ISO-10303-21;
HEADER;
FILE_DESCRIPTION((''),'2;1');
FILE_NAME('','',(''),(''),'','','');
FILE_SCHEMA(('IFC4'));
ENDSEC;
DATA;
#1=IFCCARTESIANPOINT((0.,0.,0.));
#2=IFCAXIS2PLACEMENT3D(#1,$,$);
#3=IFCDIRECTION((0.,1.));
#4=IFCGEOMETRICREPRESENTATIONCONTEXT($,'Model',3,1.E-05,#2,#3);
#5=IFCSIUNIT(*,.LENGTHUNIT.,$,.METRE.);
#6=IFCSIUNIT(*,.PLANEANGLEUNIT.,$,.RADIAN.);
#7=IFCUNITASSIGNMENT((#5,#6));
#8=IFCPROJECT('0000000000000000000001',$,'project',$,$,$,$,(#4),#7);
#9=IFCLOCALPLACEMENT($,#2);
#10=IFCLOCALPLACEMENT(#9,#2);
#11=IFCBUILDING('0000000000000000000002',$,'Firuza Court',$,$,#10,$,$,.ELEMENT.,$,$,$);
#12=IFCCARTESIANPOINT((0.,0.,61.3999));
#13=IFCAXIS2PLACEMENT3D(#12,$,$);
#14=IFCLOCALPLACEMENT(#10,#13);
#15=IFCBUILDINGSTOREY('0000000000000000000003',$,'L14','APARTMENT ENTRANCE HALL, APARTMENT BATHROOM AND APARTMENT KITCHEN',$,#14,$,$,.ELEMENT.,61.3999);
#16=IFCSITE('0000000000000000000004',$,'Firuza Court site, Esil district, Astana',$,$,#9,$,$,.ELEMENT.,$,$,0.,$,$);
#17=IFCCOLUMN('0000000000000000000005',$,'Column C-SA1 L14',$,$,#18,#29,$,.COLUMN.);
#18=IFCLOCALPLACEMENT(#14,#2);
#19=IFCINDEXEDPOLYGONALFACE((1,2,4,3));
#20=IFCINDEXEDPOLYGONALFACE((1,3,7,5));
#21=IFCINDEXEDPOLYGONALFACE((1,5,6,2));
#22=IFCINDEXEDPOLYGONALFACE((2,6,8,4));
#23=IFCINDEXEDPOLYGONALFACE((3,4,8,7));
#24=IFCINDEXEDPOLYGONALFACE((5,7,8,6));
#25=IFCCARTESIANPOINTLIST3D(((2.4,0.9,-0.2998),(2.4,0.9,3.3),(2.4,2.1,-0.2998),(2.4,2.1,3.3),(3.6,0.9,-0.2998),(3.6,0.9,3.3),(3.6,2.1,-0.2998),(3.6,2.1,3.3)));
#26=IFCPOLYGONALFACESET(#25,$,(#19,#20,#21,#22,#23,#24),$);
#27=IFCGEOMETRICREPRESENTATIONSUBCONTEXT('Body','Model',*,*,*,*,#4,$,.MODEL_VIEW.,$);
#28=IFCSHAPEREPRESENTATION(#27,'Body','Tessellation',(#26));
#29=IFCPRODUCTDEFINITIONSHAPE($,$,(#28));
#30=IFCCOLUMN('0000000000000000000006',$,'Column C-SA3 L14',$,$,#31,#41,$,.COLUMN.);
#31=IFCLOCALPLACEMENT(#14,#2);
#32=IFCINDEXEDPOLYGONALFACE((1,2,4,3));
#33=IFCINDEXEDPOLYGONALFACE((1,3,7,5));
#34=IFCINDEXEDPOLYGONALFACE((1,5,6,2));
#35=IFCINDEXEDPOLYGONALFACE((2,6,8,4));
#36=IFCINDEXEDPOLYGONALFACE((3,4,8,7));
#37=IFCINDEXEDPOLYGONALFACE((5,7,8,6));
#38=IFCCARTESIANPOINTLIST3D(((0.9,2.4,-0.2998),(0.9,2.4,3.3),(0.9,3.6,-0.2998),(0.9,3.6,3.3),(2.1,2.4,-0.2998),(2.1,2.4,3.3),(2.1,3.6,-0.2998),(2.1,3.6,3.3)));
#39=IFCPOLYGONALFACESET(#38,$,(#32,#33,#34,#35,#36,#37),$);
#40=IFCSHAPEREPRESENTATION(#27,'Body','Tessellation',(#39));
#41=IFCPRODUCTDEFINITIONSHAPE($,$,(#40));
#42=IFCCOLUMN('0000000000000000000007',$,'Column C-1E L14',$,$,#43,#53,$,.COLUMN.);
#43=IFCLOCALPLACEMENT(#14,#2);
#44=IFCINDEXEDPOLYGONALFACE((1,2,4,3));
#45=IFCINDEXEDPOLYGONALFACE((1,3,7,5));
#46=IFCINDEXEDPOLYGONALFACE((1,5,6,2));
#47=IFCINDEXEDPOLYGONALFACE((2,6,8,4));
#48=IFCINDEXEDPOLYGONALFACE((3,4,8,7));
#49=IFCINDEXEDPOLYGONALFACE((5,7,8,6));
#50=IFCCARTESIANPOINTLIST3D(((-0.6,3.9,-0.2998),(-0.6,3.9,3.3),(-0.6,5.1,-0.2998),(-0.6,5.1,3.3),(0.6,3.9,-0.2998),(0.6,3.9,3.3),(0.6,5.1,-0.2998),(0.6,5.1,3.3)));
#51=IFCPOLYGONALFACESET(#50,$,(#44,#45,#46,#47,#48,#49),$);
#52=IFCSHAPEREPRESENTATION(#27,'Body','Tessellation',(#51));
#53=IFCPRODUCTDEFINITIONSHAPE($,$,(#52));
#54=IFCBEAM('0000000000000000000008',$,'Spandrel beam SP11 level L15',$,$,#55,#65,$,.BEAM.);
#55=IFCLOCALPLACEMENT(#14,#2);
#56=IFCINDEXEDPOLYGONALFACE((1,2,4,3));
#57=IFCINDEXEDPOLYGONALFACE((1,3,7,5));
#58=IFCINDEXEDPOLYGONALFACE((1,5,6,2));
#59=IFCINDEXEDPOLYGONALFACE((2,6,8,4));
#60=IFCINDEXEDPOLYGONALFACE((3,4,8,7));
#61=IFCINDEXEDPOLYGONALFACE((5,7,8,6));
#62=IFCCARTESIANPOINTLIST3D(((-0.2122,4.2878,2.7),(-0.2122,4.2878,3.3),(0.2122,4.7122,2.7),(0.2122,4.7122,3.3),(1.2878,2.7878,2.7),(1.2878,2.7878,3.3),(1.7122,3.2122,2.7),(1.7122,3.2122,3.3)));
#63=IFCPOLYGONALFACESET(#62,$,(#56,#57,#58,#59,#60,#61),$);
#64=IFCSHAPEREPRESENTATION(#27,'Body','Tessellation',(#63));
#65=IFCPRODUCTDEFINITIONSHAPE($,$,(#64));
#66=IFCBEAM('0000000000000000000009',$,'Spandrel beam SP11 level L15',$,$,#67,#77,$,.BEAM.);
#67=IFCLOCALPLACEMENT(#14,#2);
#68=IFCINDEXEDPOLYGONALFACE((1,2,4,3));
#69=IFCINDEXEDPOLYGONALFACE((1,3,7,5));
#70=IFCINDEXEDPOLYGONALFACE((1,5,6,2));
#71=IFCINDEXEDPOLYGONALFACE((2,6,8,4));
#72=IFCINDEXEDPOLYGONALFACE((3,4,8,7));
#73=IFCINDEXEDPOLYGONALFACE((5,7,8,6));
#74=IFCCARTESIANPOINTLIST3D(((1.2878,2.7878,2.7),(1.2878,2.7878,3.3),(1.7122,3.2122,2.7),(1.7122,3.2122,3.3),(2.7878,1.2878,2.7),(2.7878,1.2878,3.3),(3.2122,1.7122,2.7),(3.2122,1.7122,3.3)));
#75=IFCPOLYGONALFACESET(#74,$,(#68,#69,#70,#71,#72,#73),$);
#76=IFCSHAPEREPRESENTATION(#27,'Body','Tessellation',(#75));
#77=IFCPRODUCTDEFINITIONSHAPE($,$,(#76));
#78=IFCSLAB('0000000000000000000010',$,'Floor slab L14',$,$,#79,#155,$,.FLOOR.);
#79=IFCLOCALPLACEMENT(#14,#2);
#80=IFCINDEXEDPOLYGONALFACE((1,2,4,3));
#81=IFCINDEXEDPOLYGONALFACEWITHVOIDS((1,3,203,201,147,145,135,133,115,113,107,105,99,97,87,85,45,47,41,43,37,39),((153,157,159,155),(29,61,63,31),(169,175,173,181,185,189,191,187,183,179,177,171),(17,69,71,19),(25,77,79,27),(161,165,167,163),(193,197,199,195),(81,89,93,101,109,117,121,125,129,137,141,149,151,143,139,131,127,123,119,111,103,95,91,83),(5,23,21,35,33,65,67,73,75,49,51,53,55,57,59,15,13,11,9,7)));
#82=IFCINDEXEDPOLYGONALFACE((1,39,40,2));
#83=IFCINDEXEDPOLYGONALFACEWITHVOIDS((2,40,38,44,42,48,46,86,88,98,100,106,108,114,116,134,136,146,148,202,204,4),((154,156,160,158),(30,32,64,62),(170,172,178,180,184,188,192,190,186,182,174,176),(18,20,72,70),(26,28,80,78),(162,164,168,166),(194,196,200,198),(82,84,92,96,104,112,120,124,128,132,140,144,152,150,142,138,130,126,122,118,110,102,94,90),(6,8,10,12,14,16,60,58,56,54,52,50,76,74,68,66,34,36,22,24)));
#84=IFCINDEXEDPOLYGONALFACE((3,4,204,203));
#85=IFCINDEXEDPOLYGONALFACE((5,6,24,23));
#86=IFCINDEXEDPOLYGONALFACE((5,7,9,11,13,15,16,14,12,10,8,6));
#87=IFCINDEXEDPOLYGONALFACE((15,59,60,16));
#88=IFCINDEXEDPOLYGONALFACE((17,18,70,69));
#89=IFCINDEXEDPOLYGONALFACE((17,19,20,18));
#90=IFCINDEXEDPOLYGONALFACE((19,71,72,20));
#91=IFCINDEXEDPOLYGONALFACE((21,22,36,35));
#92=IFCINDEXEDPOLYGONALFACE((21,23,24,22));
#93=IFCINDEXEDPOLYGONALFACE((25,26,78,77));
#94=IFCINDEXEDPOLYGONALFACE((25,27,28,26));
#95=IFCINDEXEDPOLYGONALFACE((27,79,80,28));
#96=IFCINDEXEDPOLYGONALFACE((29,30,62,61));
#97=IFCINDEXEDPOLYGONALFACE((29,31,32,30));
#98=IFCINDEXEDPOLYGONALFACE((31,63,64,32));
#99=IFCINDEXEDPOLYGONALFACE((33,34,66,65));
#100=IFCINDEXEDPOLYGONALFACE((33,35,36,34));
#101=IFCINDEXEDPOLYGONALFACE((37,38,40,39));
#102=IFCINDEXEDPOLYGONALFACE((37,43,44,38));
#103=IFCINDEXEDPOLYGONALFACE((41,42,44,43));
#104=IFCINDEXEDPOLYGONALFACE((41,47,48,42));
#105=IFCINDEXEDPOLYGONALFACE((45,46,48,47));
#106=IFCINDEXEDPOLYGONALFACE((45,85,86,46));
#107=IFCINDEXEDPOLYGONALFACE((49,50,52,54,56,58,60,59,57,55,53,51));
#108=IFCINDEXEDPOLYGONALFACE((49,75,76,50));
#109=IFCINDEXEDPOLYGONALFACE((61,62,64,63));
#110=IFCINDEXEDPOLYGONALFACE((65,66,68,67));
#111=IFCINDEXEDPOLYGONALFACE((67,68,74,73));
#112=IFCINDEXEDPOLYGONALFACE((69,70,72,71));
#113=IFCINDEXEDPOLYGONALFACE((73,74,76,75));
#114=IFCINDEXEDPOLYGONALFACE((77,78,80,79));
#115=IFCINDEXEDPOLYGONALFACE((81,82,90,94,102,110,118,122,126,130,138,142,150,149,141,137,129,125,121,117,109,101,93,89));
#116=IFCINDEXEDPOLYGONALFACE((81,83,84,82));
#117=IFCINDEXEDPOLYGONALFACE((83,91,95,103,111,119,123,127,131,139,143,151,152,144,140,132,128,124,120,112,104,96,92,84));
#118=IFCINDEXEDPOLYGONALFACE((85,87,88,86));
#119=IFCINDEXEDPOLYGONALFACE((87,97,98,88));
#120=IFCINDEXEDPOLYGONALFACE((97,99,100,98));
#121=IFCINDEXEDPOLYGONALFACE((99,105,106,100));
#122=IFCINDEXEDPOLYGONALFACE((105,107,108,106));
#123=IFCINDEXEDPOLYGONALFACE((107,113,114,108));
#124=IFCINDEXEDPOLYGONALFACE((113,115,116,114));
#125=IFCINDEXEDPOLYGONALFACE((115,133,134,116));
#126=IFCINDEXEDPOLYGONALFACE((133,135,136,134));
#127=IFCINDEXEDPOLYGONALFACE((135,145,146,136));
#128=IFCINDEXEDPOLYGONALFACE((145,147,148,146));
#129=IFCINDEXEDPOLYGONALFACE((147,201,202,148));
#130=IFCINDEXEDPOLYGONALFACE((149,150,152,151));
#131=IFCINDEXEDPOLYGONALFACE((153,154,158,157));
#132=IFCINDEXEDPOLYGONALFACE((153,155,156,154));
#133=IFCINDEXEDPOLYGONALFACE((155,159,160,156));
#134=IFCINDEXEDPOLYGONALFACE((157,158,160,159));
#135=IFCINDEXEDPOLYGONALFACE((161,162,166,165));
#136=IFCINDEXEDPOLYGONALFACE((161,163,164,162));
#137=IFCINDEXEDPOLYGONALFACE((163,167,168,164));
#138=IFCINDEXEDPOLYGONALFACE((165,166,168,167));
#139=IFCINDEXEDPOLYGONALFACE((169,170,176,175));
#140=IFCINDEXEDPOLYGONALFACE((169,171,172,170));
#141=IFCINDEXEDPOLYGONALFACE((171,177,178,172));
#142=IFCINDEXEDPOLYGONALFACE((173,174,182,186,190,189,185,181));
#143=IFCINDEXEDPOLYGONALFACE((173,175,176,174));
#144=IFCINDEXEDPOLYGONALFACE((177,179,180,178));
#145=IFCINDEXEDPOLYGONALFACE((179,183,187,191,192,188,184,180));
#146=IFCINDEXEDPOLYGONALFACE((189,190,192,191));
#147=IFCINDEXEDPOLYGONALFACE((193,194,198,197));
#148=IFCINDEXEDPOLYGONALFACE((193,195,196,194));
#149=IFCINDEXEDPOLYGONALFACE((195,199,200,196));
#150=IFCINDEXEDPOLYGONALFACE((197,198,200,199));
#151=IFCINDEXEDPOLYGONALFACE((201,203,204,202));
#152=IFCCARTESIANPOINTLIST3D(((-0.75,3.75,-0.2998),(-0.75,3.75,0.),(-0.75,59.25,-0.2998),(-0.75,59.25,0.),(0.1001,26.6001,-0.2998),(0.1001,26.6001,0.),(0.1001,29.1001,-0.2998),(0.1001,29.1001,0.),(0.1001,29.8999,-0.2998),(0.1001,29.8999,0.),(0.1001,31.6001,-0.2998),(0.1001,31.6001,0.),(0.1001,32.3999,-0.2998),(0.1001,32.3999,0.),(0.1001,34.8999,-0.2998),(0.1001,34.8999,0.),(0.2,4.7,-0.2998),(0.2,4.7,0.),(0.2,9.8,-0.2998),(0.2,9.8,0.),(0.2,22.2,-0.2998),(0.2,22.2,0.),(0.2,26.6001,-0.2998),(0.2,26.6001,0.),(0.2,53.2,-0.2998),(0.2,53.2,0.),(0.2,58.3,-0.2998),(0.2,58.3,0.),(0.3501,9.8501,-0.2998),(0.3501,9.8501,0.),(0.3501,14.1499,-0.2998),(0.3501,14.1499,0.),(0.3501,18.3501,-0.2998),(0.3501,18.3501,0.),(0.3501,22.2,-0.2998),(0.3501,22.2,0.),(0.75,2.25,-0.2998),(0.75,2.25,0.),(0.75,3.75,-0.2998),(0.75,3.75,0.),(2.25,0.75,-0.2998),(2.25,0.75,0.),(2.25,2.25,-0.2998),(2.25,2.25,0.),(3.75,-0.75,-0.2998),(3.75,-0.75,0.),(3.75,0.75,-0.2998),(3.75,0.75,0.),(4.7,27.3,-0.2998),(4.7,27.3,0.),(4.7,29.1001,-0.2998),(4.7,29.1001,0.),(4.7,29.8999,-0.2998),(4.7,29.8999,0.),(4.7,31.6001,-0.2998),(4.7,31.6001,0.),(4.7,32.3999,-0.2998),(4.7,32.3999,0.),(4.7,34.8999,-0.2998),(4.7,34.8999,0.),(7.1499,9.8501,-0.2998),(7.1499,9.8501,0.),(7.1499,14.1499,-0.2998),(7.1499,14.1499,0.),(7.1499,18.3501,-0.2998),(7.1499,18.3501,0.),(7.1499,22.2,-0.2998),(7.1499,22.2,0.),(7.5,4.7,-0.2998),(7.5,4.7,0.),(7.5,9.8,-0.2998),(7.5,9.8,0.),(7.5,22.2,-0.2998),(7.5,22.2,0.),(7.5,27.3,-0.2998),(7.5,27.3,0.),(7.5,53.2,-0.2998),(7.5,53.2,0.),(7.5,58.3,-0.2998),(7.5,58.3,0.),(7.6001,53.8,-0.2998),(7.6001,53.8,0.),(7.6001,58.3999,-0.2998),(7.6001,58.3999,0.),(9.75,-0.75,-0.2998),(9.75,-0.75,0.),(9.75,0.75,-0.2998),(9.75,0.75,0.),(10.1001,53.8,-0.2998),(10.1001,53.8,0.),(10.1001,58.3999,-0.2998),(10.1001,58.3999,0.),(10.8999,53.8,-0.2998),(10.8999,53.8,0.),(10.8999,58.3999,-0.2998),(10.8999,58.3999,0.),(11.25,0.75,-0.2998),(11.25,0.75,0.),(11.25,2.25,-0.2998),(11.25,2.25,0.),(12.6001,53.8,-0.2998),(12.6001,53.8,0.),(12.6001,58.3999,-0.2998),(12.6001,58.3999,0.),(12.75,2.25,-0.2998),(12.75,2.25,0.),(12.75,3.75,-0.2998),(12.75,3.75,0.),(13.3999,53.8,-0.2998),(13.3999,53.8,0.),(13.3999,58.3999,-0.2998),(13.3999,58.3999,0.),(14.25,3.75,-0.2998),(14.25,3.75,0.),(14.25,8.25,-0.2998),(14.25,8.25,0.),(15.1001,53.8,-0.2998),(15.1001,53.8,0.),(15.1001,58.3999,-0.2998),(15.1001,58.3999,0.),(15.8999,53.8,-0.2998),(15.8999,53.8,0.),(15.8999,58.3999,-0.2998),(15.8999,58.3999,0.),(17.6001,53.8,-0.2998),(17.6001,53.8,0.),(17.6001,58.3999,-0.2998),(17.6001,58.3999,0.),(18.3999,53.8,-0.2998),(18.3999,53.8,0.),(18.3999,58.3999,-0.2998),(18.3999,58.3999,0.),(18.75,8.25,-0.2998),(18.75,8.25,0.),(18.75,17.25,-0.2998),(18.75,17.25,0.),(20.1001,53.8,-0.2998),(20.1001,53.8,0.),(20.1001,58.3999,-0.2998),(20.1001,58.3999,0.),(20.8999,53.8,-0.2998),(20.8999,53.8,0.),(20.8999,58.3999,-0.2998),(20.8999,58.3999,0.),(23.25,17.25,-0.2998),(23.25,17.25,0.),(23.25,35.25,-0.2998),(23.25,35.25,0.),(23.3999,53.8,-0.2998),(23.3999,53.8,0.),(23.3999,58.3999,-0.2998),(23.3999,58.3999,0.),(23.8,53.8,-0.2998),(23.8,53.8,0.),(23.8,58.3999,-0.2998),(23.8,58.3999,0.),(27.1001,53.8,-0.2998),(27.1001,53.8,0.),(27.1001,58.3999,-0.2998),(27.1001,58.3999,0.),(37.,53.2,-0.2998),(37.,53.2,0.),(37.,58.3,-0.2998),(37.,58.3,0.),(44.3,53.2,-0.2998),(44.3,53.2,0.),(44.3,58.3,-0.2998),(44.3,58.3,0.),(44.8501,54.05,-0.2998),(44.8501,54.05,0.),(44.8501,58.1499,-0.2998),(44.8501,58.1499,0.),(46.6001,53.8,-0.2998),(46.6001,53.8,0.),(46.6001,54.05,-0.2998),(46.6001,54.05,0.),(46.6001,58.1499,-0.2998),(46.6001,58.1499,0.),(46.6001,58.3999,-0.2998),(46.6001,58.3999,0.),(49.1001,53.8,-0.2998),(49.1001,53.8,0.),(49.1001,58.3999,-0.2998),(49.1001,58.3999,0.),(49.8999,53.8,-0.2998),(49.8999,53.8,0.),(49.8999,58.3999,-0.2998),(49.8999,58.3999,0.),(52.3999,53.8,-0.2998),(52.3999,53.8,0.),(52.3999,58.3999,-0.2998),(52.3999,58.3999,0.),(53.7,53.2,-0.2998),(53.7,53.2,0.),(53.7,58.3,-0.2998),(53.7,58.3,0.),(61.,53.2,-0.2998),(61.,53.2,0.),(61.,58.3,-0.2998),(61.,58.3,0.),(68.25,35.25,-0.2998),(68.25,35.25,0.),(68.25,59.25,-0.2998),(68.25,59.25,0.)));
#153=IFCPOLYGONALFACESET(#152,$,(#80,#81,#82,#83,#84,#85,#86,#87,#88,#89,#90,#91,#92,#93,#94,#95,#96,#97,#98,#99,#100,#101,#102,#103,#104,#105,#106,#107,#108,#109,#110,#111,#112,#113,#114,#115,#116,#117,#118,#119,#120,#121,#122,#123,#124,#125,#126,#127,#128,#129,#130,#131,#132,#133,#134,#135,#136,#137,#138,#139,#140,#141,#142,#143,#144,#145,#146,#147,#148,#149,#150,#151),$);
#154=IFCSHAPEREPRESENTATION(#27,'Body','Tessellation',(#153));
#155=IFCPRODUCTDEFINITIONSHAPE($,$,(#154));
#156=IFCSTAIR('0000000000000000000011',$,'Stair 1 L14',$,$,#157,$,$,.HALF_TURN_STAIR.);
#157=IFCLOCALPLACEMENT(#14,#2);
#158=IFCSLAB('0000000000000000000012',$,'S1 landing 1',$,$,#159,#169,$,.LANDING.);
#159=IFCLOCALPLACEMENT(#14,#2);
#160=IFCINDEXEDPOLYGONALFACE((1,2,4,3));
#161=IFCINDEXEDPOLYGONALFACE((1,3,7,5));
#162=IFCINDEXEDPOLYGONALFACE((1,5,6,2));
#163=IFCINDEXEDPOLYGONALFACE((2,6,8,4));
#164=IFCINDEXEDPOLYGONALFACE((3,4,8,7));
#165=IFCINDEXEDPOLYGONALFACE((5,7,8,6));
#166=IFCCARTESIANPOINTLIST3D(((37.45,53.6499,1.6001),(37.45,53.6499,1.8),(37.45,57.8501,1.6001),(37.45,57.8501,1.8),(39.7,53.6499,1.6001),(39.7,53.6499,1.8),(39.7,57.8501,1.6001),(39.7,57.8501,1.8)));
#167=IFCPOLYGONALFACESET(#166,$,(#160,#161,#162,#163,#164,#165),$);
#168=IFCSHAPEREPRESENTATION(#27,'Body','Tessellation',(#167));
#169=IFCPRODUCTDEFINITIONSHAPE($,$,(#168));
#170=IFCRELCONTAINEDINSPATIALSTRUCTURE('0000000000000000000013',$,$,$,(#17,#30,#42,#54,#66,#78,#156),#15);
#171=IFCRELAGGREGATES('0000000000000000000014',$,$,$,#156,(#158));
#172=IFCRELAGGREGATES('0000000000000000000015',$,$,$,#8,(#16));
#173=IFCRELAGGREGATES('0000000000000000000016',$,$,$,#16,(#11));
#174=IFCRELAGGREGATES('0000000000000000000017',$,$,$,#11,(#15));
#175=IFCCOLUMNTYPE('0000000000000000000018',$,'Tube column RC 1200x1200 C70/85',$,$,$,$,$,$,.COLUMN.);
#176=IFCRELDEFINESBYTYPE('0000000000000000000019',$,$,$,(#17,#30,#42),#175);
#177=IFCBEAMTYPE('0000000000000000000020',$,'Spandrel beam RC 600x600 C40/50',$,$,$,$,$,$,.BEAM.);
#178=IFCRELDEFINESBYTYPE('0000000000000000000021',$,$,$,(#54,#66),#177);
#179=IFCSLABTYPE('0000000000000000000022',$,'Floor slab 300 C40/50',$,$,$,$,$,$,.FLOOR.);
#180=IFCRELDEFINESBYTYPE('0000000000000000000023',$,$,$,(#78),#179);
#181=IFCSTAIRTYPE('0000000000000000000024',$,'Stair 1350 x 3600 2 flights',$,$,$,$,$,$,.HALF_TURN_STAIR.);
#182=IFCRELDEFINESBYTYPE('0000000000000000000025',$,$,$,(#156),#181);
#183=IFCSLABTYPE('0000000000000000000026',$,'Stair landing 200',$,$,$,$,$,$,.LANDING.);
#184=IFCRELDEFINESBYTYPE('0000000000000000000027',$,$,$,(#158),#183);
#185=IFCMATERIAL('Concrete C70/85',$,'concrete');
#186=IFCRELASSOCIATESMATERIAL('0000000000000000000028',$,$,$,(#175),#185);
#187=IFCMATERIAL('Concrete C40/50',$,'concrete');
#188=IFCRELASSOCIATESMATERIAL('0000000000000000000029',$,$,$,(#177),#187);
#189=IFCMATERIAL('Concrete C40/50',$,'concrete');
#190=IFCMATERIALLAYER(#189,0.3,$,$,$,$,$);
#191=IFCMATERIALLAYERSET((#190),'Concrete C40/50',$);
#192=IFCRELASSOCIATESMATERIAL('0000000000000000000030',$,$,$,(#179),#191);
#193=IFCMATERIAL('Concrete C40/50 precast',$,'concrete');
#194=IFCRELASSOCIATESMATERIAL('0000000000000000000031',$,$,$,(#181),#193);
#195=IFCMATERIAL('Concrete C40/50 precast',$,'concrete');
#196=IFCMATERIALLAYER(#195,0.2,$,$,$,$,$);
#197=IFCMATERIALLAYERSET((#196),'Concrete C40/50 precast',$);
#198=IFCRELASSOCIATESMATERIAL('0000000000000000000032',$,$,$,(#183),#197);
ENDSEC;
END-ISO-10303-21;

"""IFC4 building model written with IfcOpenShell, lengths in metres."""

from ifc_helpers import new_model, si_unit, direction, frame, origin, origin_2d, place, context, subcontext, project, spatial, polyline, rectangle, outline, extrude, material, layer, layer_set, material_profile, profile_set, type_object, element, aggregate, save


model = new_model("IFC4")

# Units and contexts
model_context = context("Model", 3, precision=1e-05, world=origin(), true_north=direction((0.0, 1.0)))
body_context = subcontext(model_context, "Body", "Model", "MODEL_VIEW")
ifc_project = project(units=[si_unit("LENGTHUNIT", "METRE"), si_unit("PLANEANGLEUNIT", "RADIAN")], contexts=[model_context])

# Site, building, storey
site_placement = place(None, origin())
site = spatial("IfcSite", under=ifc_project, at=site_placement, Name="Firuza Court site, Esil district, Astana", CompositionType="ELEMENT", RefElevation=0.0)
building_placement = place(site_placement, origin())
building = spatial("IfcBuilding", under=site, at=building_placement, Name="Firuza Court", CompositionType="ELEMENT")
storey_placement = place(building_placement, frame((0.0, 0.0, 61.3999)))
storey = spatial("IfcBuildingStorey", under=building, at=storey_placement, Name="L14", Description="APARTMENT ENTRANCE HALL, APARTMENT BATHROOM AND APARTMENT KITCHEN", CompositionType="ELEMENT", Elevation=61.3999)

# Columns
ifc_material_1 = material(Name="Concrete C70/85", Category="concrete")
ifc_material_profile_1 = material_profile(ifc_material_1, rectangle(XDim=1.2, YDim=1.2, at=origin_2d()), Name="RC 1200x1200")
ifc_profile_set_1 = profile_set([ifc_material_profile_1], Name="Concrete C70/85")
column_type = type_object("IfcColumnType", Name="Tube column RC 1200x1200 C70/85", PredefinedType="COLUMN", material=ifc_profile_set_1)
for number, where, z_axis, x_axis, name in (
    (1, (3.0, 1.5, -0.2998), (0.0, 0.0, 1.0), (1.0, 0.0, 0.0), "Column C-SA1 L14"),
    (2, (1.5, 3.0, -0.2998), (0.0, 0.0, 1.0), (1.0, 0.0, 0.0), "Column C-SA3 L14"),
    (3, (0.0, 4.5, -0.2998), (0.0, 0.0, 1.0), (1.0, 0.0, 0.0), "Column C-1E L14"),
):
    element("IfcColumn", number, at=place(storey_placement, frame(where, z_axis=z_axis, x_axis=x_axis)), inside=storey, type_object=column_type, Name=name, PredefinedType="COLUMN", context=body_context, shape_type="SweptSolid", body=[
        extrude(rectangle(XDim=1.2, YDim=1.2, at=origin_2d()), origin(), (0.0, 0.0, 1.0), 3.5999),
    ])

# Beams
ifc_material_2 = material(Name="Concrete C40/50", Category="concrete")
ifc_material_profile_2 = material_profile(ifc_material_2, rectangle(XDim=0.6001, YDim=0.6001, at=origin_2d()), Name="RC 600x600")
ifc_profile_set_2 = profile_set([ifc_material_profile_2], Name="Concrete C40/50")
beam_type = type_object("IfcBeamType", Name="Spandrel beam RC 600x600 C40/50", PredefinedType="BEAM", material=ifc_profile_set_2)
for number, where, z_axis, x_axis, name in (
    (4, (0.0, 4.5, 3.0), (0.707107, -0.707107, 0.0), (0.707107, 0.707107, 0.0), "Spandrel beam SP11 level L15"),
    (5, (1.5, 3.0, 3.0), (0.707107, -0.707107, 0.0), (0.707107, 0.707107, 0.0), "Spandrel beam SP11 level L15"),
):
    element("IfcBeam", number, at=place(storey_placement, frame(where, z_axis=z_axis, x_axis=x_axis)), inside=storey, type_object=beam_type, Name=name, PredefinedType="BEAM", context=body_context, shape_type="SweptSolid", body=[
        extrude(rectangle(XDim=0.6001, YDim=0.6001, at=origin_2d()), origin(), (0.0, 0.0, 1.0), 2.1213),
    ])

# Slab
ifc_material_3 = material(Name="Concrete C40/50", Category="concrete")
ifc_layer_1 = layer(ifc_material_3, 0.3)
ifc_layer_set_1 = layer_set([ifc_layer_1], Name="Concrete C40/50")
slab_type_1 = type_object("IfcSlabType", Name="Floor slab 300 C40/50", PredefinedType="FLOOR", material=ifc_layer_set_1)
slab_1_placement = place(storey_placement, frame((0.0, 0.0, -0.2998)))
element("IfcSlab", 6, at=slab_1_placement, inside=storey, type_object=slab_type_1, Name="Floor slab L14", PredefinedType="FLOOR", context=body_context, shape_type="SweptSolid", body=[
    extrude(outline(polyline([(3.75, -0.75), (3.75, 0.75), (2.25, 0.75), (2.25, 2.25), (0.75, 2.25), (0.75, 3.75), (-0.75, 3.75), (-0.75, 59.25), (68.25, 59.25), (68.25, 35.25), (23.25, 35.25), (23.25, 17.25), (18.75, 17.25), (18.75, 8.25), (14.25, 8.25), (14.25, 3.75), (12.75, 3.75), (12.75, 2.25), (11.25, 2.25), (11.25, 0.75), (9.75, 0.75), (9.75, -0.75), (3.75, -0.75)]), holes=[polyline([(7.5, 9.8), (0.2, 9.8), (0.2, 4.7), (7.5, 4.7), (7.5, 9.8)]), polyline([(7.1499, 14.1499), (0.3501, 14.1499), (0.3501, 9.8501), (7.1499, 9.8501), (7.1499, 14.1499)]), polyline([(0.2, 22.2), (0.3501, 22.2), (0.3501, 18.3501), (7.1499, 18.3501), (7.1499, 22.2), (7.5, 22.2), (7.5, 27.3), (4.7, 27.3), (4.7, 29.1001), (4.7, 29.8999), (4.7, 31.6001), (4.7, 32.3999), (4.7, 34.8999), (0.1001, 34.8999), (0.1001, 32.3999), (0.1001, 31.6001), (0.1001, 29.8999), (0.1001, 29.1001), (0.1001, 26.6001), (0.2, 26.6001), (0.2, 22.2)]), polyline([(7.5, 58.3), (0.2, 58.3), (0.2, 53.2), (7.5, 53.2), (7.5, 58.3)]), polyline([(10.1001, 58.3999), (7.6001, 58.3999), (7.6001, 53.8), (10.1001, 53.8), (10.8999, 53.8), (12.6001, 53.8), (13.3999, 53.8), (15.1001, 53.8), (15.8999, 53.8), (17.6001, 53.8), (18.3999, 53.8), (20.1001, 53.8), (20.8999, 53.8), (23.3999, 53.8), (23.3999, 58.3999), (20.8999, 58.3999), (20.1001, 58.3999), (18.3999, 58.3999), (17.6001, 58.3999), (15.8999, 58.3999), (15.1001, 58.3999), (13.3999, 58.3999), (12.6001, 58.3999), (10.8999, 58.3999), (10.1001, 58.3999)]), polyline([(44.3, 58.3), (37.0, 58.3), (37.0, 53.2), (44.3, 53.2), (44.3, 58.3)]), polyline([(61.0, 58.3), (53.7, 58.3), (53.7, 53.2), (61.0, 53.2), (61.0, 58.3)]), polyline([(27.1001, 58.3999), (23.8, 58.3999), (23.8, 53.8), (27.1001, 53.8), (27.1001, 58.3999)]), polyline([(46.6001, 58.1499), (44.8501, 58.1499), (44.8501, 54.05), (46.6001, 54.05), (46.6001, 53.8), (49.1001, 53.8), (49.8999, 53.8), (52.3999, 53.8), (52.3999, 58.3999), (49.8999, 58.3999), (49.1001, 58.3999), (46.6001, 58.3999), (46.6001, 58.1499)])]), origin(), (0.0, 0.0, 1.0), 0.2998),
])

# Stair, slab
ifc_material_4 = material(Name="Concrete C40/50 precast", Category="concrete")
stair_type = type_object("IfcStairType", Name="Stair 1350 x 3600 2 flights", PredefinedType="HALF_TURN_STAIR", material=ifc_material_4)
stair_1_placement = place(storey_placement, origin())
stair_1 = element("IfcStair", 7, at=stair_1_placement, inside=storey, type_object=stair_type, Name="Stair 1 L14", PredefinedType="HALF_TURN_STAIR")
ifc_material_5 = material(Name="Concrete C40/50 precast", Category="concrete")
ifc_layer_2 = layer(ifc_material_5, 0.2)
ifc_layer_set_2 = layer_set([ifc_layer_2], Name="Concrete C40/50 precast")
slab_type_2 = type_object("IfcSlabType", Name="Stair landing 200", PredefinedType="LANDING", material=ifc_layer_set_2)
slab_2_placement = place(storey_placement, frame((0.0, 0.0, 1.6001)))
slab_2 = element("IfcSlab", 8, at=slab_2_placement, type_object=slab_type_2, Name="S1 landing 1", PredefinedType="LANDING", context=body_context, shape_type="SweptSolid", body=[
    extrude(outline(polyline([(39.7, 53.6499), (39.7, 57.8501), (37.45, 57.8501), (37.45, 53.6499), (39.7, 53.6499)])), origin(), (0.0, 0.0, 1.0), 0.2),
])
aggregate(stair_1, [slab_2])

save(model, "model.ifc")
